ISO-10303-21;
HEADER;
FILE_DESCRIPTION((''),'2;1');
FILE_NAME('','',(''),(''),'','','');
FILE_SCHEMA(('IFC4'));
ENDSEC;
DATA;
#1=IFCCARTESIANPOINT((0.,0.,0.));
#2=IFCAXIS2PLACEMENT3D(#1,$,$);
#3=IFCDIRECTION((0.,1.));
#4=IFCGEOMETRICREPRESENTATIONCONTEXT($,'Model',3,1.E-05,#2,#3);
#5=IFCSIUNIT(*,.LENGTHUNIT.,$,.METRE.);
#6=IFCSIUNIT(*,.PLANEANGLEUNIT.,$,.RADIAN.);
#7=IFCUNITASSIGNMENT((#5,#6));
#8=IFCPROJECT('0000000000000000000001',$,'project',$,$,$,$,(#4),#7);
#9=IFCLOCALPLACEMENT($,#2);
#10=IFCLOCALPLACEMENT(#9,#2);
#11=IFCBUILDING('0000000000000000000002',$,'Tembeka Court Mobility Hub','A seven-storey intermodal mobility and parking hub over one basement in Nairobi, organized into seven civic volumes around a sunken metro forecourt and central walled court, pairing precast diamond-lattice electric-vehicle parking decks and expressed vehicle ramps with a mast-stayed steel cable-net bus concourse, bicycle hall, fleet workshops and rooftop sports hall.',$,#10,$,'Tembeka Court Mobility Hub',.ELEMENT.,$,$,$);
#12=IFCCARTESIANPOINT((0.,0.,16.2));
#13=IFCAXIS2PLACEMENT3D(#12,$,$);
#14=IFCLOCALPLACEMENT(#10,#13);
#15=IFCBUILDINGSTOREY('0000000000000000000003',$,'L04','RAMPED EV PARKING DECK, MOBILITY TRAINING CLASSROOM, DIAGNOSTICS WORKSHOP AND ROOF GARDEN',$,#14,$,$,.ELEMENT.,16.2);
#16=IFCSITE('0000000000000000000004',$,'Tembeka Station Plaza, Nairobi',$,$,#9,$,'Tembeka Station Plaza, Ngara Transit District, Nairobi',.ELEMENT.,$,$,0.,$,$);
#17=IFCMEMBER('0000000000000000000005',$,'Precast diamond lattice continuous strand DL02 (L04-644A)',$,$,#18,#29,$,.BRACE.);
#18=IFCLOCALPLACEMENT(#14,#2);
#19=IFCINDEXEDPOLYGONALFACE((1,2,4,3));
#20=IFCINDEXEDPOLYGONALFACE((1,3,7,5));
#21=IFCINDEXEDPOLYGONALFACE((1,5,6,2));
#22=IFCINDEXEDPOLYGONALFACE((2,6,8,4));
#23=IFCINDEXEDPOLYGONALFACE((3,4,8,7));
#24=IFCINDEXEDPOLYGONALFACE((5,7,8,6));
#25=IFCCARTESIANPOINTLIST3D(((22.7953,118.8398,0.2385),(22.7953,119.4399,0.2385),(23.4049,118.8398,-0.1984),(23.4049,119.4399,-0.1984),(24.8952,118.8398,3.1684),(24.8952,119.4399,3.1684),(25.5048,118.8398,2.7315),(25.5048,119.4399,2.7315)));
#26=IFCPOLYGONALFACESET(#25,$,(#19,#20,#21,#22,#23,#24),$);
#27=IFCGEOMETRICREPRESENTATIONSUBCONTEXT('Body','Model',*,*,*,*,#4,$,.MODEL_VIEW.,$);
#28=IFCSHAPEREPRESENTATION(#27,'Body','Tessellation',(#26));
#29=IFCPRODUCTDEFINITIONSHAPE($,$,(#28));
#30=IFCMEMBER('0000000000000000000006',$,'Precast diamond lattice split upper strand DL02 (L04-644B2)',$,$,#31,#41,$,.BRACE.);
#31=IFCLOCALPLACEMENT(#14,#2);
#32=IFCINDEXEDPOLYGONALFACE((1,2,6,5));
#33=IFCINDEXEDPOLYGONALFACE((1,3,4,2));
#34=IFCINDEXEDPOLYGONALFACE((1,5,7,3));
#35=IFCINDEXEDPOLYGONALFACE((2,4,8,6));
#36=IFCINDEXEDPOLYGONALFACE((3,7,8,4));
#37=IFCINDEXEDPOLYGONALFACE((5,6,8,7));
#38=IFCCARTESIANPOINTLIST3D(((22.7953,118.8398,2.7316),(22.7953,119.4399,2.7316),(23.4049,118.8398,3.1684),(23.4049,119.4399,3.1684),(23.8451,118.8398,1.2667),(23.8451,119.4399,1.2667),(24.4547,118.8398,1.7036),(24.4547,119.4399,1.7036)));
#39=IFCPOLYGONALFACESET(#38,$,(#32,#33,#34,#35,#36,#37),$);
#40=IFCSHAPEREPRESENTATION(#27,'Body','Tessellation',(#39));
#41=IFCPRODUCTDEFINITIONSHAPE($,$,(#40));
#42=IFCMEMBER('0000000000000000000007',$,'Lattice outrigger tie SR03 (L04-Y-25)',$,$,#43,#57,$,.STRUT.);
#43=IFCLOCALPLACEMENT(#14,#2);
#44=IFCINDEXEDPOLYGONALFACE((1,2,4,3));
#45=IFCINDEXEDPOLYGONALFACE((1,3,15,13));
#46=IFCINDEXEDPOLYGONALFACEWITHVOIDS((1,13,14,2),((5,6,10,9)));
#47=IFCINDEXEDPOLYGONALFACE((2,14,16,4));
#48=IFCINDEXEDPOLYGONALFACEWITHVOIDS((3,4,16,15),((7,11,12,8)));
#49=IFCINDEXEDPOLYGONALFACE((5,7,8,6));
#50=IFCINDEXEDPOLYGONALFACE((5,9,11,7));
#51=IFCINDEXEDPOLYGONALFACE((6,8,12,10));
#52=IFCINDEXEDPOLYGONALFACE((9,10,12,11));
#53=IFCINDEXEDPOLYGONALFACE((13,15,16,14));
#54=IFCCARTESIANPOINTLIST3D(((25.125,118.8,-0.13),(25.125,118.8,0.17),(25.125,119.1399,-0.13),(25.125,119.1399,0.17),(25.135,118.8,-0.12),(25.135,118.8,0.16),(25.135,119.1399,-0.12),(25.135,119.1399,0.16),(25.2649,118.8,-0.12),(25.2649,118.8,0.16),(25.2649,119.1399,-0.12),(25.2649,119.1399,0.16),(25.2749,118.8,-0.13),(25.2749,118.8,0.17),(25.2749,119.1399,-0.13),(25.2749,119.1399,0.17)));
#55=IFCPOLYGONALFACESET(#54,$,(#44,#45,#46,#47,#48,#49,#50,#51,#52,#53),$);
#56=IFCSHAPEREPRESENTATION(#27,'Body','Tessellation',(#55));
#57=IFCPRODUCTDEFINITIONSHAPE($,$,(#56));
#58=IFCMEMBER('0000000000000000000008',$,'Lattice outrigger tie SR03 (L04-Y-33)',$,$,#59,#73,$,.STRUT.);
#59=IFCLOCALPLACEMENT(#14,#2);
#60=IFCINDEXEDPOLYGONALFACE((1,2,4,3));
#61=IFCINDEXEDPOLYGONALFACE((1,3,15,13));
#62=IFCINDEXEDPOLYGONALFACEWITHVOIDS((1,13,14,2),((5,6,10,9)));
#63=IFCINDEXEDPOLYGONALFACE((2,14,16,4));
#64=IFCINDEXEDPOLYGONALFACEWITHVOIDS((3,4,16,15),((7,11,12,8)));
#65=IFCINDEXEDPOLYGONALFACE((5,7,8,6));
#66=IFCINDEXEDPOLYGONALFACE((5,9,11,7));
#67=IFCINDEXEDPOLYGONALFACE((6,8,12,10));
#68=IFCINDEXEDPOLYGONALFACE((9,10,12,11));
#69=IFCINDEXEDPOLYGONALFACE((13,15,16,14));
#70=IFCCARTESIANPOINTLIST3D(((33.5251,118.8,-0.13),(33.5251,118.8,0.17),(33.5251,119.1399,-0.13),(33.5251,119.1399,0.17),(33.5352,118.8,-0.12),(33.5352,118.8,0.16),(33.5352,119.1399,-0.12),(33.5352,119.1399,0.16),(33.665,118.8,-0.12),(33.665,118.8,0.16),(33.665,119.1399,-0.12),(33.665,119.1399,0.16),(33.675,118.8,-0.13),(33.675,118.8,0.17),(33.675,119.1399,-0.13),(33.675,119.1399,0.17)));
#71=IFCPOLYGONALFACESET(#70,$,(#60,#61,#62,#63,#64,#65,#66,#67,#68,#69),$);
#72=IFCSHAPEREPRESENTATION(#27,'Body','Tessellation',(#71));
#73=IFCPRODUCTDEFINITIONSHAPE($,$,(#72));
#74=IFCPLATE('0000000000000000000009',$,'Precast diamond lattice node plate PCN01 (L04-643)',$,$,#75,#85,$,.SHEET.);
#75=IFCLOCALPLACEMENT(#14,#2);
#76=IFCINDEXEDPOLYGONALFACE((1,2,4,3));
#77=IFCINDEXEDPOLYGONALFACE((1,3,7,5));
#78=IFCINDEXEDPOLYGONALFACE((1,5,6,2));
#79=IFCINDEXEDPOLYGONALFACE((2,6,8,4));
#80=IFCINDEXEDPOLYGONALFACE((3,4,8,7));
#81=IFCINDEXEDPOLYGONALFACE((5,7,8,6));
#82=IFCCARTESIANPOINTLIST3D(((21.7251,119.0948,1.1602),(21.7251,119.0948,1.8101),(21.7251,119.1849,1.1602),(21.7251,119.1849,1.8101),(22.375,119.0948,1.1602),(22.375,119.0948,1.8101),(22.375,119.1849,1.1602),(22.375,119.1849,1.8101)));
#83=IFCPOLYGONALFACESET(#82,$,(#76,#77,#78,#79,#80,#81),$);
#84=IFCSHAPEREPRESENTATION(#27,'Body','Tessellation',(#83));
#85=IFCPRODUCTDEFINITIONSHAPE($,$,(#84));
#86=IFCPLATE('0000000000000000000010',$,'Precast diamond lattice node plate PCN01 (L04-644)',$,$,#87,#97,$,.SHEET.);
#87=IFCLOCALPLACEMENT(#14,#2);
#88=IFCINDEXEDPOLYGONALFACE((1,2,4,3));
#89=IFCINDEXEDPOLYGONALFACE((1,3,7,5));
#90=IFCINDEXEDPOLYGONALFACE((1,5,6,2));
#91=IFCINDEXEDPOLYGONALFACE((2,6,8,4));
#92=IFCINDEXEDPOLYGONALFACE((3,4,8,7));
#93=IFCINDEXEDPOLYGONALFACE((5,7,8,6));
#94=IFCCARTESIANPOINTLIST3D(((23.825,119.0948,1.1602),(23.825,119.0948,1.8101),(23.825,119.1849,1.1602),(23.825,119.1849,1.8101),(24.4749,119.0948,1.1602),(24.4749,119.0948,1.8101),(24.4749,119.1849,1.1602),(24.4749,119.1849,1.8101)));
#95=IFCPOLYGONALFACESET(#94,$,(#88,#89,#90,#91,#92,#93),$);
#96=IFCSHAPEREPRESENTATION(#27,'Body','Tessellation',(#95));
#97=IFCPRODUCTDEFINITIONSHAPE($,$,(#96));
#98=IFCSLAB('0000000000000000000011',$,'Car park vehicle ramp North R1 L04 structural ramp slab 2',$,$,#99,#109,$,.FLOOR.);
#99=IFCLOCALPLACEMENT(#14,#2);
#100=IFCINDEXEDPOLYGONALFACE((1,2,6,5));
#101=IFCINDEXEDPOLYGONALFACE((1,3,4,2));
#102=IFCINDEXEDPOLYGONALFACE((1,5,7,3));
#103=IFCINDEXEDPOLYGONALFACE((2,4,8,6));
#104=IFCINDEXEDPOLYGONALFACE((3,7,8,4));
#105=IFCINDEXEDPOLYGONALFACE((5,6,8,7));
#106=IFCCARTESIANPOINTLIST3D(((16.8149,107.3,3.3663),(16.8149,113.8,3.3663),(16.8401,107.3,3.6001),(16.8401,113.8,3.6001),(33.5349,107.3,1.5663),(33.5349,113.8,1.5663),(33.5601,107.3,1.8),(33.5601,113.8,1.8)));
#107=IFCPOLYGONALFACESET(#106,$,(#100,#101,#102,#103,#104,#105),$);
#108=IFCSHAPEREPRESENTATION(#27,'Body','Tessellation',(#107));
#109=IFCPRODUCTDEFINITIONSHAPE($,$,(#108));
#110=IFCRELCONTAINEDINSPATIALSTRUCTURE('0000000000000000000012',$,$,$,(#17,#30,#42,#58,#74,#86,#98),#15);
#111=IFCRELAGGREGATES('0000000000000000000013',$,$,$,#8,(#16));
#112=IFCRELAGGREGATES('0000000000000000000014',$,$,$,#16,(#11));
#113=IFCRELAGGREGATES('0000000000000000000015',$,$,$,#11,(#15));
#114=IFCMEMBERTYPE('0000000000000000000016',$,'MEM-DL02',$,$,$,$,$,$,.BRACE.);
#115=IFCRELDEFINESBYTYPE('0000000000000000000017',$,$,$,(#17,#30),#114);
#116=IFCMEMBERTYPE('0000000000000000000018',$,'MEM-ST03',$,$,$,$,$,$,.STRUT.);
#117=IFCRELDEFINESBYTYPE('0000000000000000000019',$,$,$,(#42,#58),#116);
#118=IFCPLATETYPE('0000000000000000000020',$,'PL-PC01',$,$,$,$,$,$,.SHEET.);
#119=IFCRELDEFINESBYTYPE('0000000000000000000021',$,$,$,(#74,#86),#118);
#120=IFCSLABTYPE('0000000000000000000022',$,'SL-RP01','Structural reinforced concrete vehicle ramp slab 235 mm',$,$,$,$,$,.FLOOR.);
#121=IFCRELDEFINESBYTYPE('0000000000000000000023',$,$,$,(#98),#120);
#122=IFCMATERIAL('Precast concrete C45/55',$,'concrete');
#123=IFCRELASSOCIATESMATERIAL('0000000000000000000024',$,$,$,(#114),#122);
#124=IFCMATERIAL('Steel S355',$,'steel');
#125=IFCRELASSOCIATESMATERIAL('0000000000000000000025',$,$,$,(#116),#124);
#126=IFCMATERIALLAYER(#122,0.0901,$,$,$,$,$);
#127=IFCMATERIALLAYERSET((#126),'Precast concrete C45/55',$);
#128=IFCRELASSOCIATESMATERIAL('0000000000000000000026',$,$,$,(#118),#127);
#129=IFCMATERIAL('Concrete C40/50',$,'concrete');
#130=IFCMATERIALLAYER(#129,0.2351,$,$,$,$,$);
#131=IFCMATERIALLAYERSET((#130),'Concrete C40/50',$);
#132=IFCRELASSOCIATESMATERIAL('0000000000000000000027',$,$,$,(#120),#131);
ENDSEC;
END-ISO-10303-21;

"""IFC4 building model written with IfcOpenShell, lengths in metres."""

from ifc_helpers import new_model, si_unit, direction, frame, origin, origin_2d, place, context, subcontext, project, spatial, polyline, rectangle, hollow_rectangle, outline, extrude, material, layer, layer_set, material_profile, profile_set, type_object, element, save


model = new_model("IFC4")

# Units and contexts
model_context = context("Model", 3, precision=1e-05, world=origin(), true_north=direction((0.0, 1.0)))
body_context = subcontext(model_context, "Body", "Model", "MODEL_VIEW")
ifc_project = project(units=[si_unit("LENGTHUNIT", "METRE"), si_unit("PLANEANGLEUNIT", "RADIAN")], contexts=[model_context])

# Site, building, storey
site_placement = place(None, origin())
site = spatial("IfcSite", under=ifc_project, at=site_placement, Name="Tembeka Station Plaza, Nairobi", LongName="Tembeka Station Plaza, Ngara Transit District, Nairobi", CompositionType="ELEMENT", RefElevation=0.0)
building_placement = place(site_placement, origin())
building = spatial("IfcBuilding", under=site, at=building_placement, Name="Tembeka Court Mobility Hub", Description="A seven-storey intermodal mobility and parking hub over one basement in Nairobi, organized into seven civic volumes around a sunken metro forecourt and central walled court, pairing precast diamond-lattice electric-vehicle parking decks and expressed vehicle ramps with a mast-stayed steel cable-net bus concourse, bicycle hall, fleet workshops and rooftop sports hall.", LongName="Tembeka Court Mobility Hub", CompositionType="ELEMENT")
storey_placement = place(building_placement, frame((0.0, 0.0, 16.2)))
storey = spatial("IfcBuildingStorey", under=building, at=storey_placement, Name="L04", Description="RAMPED EV PARKING DECK, MOBILITY TRAINING CLASSROOM, DIAGNOSTICS WORKSHOP AND ROOF GARDEN", CompositionType="ELEMENT", Elevation=16.2)

# Shared definitions
ifc_material_1 = material(Name="Steel S355", Category="steel")

# Shared definitions
ifc_material_2 = material(Name="Concrete C40/50", Category="concrete")
ifc_material_3 = material(Name="Precast concrete C45/55", Category="concrete")

# Members
ifc_material_profile_1 = material_profile(ifc_material_3, rectangle(XDim=0.6001, YDim=0.75, at=origin_2d()), Name="PC-DIAG 600x750")
ifc_profile_set_1 = profile_set([ifc_material_profile_1], Name="Precast concrete C45/55")
member_type_1 = type_object("IfcMemberType", Name="MEM-DL02", PredefinedType="BRACE", material=ifc_profile_set_1)
member_1_placement = place(storey_placement, frame((23.1001, 119.1399, 0.02), z_axis=(0.582532, 0.0, 0.812808), x_axis=(0.0, 1.0, 0.0)))
element("IfcMember", 1, at=member_1_placement, inside=storey, type_object=member_type_1, Name="Precast diamond lattice continuous strand DL02 (L04-644A)", PredefinedType="BRACE", context=body_context, shape_type="SweptSolid", body=[
    extrude(rectangle(XDim=0.6001, YDim=0.75, at=origin_2d()), origin(), (0.0, 0.0, 1.0), 3.6047),
])
member_2_placement = place(storey_placement, frame((24.1499, 119.1399, 1.4851), z_axis=(-0.582519, 0.0, 0.812817), x_axis=(0.0, -1.0, 0.0)))
element("IfcMember", 2, at=member_2_placement, inside=storey, type_object=member_type_1, Name="Precast diamond lattice split upper strand DL02 (L04-644B2)", PredefinedType="BRACE", context=body_context, shape_type="SweptSolid", body=[
    extrude(rectangle(XDim=0.6001, YDim=0.75, at=origin_2d()), origin(), (0.0, 0.0, 1.0), 1.8022),
])
ifc_material_profile_2 = material_profile(ifc_material_1, hollow_rectangle(XDim=0.1499, YDim=0.3, WallThickness=0.01, at=origin_2d()), Name="RHS 300x150x10")
ifc_profile_set_2 = profile_set([ifc_material_profile_2], Name="Steel S355")
member_type_2 = type_object("IfcMemberType", Name="MEM-ST03", PredefinedType="STRUT", material=ifc_profile_set_2)
for number, where, z_axis, x_axis, name in (
    (3, (25.2, 118.8, 0.02), (0.0, 1.0, 0.0), (-1.0, 0.0, 0.0), "Lattice outrigger tie SR03 (L04-Y-25)"),
    (4, (33.6001, 118.8, 0.02), (0.0, 1.0, 0.0), (-1.0, 0.0, 0.0), "Lattice outrigger tie SR03 (L04-Y-33)"),
):
    element("IfcMember", number, at=place(storey_placement, frame(where, z_axis=z_axis, x_axis=x_axis)), inside=storey, type_object=member_type_2, Name=name, PredefinedType="STRUT", context=body_context, shape_type="SweptSolid", body=[
        extrude(hollow_rectangle(XDim=0.1499, YDim=0.3, WallThickness=0.01, at=origin_2d()), origin(), (0.0, 0.0, 1.0), 0.3398),
    ])

# Plates
ifc_layer_1 = layer(ifc_material_3, 0.0901)
ifc_layer_set_1 = layer_set([ifc_layer_1], Name="Precast concrete C45/55")
plate_type = type_object("IfcPlateType", Name="PL-PC01", PredefinedType="SHEET", material=ifc_layer_set_1)
for number, where, z_axis, x_axis, name in (
    (5, (22.05, 119.1399, 1.1602), (0.0, 0.0, 1.0), (1.0, 0.0, 0.0), "Precast diamond lattice node plate PCN01 (L04-643)"),
    (6, (24.1499, 119.1399, 1.1602), (0.0, 0.0, 1.0), (1.0, 0.0, 0.0), "Precast diamond lattice node plate PCN01 (L04-644)"),
):
    element("IfcPlate", number, at=place(storey_placement, frame(where, z_axis=z_axis, x_axis=x_axis)), inside=storey, type_object=plate_type, Name=name, PredefinedType="SHEET", context=body_context, shape_type="SweptSolid", body=[
        extrude(rectangle(XDim=0.6499, YDim=0.0901, at=origin_2d()), origin(), (0.0, 0.0, 1.0), 0.6499),
    ])

# Slab
ifc_layer_2 = layer(ifc_material_2, 0.2351)
ifc_layer_set_2 = layer_set([ifc_layer_2], Name="Concrete C40/50")
slab_type = type_object("IfcSlabType", Name="SL-RP01", Description="Structural reinforced concrete vehicle ramp slab 235 mm", PredefinedType="FLOOR", material=ifc_layer_set_2)
slab_placement = place(storey_placement, frame((33.5601, 107.3, 1.8), z_axis=(0.10704, 0.0, 0.994255), x_axis=(-0.994255, 0.0, 0.10704)))
element("IfcSlab", 7, at=slab_placement, inside=storey, type_object=slab_type, Name="Car park vehicle ramp North R1 L04 structural ramp slab 2", PredefinedType="FLOOR", context=body_context, shape_type="SweptSolid", body=[
    extrude(outline(polyline([(0.0, 0.0), (16.8166, 0.0), (16.8166, -6.5), (0.0, -6.5), (0.0, 0.0)])), origin(), (0.0, 0.0, -1.0), 0.2351),
])

save(model, "model.ifc")
